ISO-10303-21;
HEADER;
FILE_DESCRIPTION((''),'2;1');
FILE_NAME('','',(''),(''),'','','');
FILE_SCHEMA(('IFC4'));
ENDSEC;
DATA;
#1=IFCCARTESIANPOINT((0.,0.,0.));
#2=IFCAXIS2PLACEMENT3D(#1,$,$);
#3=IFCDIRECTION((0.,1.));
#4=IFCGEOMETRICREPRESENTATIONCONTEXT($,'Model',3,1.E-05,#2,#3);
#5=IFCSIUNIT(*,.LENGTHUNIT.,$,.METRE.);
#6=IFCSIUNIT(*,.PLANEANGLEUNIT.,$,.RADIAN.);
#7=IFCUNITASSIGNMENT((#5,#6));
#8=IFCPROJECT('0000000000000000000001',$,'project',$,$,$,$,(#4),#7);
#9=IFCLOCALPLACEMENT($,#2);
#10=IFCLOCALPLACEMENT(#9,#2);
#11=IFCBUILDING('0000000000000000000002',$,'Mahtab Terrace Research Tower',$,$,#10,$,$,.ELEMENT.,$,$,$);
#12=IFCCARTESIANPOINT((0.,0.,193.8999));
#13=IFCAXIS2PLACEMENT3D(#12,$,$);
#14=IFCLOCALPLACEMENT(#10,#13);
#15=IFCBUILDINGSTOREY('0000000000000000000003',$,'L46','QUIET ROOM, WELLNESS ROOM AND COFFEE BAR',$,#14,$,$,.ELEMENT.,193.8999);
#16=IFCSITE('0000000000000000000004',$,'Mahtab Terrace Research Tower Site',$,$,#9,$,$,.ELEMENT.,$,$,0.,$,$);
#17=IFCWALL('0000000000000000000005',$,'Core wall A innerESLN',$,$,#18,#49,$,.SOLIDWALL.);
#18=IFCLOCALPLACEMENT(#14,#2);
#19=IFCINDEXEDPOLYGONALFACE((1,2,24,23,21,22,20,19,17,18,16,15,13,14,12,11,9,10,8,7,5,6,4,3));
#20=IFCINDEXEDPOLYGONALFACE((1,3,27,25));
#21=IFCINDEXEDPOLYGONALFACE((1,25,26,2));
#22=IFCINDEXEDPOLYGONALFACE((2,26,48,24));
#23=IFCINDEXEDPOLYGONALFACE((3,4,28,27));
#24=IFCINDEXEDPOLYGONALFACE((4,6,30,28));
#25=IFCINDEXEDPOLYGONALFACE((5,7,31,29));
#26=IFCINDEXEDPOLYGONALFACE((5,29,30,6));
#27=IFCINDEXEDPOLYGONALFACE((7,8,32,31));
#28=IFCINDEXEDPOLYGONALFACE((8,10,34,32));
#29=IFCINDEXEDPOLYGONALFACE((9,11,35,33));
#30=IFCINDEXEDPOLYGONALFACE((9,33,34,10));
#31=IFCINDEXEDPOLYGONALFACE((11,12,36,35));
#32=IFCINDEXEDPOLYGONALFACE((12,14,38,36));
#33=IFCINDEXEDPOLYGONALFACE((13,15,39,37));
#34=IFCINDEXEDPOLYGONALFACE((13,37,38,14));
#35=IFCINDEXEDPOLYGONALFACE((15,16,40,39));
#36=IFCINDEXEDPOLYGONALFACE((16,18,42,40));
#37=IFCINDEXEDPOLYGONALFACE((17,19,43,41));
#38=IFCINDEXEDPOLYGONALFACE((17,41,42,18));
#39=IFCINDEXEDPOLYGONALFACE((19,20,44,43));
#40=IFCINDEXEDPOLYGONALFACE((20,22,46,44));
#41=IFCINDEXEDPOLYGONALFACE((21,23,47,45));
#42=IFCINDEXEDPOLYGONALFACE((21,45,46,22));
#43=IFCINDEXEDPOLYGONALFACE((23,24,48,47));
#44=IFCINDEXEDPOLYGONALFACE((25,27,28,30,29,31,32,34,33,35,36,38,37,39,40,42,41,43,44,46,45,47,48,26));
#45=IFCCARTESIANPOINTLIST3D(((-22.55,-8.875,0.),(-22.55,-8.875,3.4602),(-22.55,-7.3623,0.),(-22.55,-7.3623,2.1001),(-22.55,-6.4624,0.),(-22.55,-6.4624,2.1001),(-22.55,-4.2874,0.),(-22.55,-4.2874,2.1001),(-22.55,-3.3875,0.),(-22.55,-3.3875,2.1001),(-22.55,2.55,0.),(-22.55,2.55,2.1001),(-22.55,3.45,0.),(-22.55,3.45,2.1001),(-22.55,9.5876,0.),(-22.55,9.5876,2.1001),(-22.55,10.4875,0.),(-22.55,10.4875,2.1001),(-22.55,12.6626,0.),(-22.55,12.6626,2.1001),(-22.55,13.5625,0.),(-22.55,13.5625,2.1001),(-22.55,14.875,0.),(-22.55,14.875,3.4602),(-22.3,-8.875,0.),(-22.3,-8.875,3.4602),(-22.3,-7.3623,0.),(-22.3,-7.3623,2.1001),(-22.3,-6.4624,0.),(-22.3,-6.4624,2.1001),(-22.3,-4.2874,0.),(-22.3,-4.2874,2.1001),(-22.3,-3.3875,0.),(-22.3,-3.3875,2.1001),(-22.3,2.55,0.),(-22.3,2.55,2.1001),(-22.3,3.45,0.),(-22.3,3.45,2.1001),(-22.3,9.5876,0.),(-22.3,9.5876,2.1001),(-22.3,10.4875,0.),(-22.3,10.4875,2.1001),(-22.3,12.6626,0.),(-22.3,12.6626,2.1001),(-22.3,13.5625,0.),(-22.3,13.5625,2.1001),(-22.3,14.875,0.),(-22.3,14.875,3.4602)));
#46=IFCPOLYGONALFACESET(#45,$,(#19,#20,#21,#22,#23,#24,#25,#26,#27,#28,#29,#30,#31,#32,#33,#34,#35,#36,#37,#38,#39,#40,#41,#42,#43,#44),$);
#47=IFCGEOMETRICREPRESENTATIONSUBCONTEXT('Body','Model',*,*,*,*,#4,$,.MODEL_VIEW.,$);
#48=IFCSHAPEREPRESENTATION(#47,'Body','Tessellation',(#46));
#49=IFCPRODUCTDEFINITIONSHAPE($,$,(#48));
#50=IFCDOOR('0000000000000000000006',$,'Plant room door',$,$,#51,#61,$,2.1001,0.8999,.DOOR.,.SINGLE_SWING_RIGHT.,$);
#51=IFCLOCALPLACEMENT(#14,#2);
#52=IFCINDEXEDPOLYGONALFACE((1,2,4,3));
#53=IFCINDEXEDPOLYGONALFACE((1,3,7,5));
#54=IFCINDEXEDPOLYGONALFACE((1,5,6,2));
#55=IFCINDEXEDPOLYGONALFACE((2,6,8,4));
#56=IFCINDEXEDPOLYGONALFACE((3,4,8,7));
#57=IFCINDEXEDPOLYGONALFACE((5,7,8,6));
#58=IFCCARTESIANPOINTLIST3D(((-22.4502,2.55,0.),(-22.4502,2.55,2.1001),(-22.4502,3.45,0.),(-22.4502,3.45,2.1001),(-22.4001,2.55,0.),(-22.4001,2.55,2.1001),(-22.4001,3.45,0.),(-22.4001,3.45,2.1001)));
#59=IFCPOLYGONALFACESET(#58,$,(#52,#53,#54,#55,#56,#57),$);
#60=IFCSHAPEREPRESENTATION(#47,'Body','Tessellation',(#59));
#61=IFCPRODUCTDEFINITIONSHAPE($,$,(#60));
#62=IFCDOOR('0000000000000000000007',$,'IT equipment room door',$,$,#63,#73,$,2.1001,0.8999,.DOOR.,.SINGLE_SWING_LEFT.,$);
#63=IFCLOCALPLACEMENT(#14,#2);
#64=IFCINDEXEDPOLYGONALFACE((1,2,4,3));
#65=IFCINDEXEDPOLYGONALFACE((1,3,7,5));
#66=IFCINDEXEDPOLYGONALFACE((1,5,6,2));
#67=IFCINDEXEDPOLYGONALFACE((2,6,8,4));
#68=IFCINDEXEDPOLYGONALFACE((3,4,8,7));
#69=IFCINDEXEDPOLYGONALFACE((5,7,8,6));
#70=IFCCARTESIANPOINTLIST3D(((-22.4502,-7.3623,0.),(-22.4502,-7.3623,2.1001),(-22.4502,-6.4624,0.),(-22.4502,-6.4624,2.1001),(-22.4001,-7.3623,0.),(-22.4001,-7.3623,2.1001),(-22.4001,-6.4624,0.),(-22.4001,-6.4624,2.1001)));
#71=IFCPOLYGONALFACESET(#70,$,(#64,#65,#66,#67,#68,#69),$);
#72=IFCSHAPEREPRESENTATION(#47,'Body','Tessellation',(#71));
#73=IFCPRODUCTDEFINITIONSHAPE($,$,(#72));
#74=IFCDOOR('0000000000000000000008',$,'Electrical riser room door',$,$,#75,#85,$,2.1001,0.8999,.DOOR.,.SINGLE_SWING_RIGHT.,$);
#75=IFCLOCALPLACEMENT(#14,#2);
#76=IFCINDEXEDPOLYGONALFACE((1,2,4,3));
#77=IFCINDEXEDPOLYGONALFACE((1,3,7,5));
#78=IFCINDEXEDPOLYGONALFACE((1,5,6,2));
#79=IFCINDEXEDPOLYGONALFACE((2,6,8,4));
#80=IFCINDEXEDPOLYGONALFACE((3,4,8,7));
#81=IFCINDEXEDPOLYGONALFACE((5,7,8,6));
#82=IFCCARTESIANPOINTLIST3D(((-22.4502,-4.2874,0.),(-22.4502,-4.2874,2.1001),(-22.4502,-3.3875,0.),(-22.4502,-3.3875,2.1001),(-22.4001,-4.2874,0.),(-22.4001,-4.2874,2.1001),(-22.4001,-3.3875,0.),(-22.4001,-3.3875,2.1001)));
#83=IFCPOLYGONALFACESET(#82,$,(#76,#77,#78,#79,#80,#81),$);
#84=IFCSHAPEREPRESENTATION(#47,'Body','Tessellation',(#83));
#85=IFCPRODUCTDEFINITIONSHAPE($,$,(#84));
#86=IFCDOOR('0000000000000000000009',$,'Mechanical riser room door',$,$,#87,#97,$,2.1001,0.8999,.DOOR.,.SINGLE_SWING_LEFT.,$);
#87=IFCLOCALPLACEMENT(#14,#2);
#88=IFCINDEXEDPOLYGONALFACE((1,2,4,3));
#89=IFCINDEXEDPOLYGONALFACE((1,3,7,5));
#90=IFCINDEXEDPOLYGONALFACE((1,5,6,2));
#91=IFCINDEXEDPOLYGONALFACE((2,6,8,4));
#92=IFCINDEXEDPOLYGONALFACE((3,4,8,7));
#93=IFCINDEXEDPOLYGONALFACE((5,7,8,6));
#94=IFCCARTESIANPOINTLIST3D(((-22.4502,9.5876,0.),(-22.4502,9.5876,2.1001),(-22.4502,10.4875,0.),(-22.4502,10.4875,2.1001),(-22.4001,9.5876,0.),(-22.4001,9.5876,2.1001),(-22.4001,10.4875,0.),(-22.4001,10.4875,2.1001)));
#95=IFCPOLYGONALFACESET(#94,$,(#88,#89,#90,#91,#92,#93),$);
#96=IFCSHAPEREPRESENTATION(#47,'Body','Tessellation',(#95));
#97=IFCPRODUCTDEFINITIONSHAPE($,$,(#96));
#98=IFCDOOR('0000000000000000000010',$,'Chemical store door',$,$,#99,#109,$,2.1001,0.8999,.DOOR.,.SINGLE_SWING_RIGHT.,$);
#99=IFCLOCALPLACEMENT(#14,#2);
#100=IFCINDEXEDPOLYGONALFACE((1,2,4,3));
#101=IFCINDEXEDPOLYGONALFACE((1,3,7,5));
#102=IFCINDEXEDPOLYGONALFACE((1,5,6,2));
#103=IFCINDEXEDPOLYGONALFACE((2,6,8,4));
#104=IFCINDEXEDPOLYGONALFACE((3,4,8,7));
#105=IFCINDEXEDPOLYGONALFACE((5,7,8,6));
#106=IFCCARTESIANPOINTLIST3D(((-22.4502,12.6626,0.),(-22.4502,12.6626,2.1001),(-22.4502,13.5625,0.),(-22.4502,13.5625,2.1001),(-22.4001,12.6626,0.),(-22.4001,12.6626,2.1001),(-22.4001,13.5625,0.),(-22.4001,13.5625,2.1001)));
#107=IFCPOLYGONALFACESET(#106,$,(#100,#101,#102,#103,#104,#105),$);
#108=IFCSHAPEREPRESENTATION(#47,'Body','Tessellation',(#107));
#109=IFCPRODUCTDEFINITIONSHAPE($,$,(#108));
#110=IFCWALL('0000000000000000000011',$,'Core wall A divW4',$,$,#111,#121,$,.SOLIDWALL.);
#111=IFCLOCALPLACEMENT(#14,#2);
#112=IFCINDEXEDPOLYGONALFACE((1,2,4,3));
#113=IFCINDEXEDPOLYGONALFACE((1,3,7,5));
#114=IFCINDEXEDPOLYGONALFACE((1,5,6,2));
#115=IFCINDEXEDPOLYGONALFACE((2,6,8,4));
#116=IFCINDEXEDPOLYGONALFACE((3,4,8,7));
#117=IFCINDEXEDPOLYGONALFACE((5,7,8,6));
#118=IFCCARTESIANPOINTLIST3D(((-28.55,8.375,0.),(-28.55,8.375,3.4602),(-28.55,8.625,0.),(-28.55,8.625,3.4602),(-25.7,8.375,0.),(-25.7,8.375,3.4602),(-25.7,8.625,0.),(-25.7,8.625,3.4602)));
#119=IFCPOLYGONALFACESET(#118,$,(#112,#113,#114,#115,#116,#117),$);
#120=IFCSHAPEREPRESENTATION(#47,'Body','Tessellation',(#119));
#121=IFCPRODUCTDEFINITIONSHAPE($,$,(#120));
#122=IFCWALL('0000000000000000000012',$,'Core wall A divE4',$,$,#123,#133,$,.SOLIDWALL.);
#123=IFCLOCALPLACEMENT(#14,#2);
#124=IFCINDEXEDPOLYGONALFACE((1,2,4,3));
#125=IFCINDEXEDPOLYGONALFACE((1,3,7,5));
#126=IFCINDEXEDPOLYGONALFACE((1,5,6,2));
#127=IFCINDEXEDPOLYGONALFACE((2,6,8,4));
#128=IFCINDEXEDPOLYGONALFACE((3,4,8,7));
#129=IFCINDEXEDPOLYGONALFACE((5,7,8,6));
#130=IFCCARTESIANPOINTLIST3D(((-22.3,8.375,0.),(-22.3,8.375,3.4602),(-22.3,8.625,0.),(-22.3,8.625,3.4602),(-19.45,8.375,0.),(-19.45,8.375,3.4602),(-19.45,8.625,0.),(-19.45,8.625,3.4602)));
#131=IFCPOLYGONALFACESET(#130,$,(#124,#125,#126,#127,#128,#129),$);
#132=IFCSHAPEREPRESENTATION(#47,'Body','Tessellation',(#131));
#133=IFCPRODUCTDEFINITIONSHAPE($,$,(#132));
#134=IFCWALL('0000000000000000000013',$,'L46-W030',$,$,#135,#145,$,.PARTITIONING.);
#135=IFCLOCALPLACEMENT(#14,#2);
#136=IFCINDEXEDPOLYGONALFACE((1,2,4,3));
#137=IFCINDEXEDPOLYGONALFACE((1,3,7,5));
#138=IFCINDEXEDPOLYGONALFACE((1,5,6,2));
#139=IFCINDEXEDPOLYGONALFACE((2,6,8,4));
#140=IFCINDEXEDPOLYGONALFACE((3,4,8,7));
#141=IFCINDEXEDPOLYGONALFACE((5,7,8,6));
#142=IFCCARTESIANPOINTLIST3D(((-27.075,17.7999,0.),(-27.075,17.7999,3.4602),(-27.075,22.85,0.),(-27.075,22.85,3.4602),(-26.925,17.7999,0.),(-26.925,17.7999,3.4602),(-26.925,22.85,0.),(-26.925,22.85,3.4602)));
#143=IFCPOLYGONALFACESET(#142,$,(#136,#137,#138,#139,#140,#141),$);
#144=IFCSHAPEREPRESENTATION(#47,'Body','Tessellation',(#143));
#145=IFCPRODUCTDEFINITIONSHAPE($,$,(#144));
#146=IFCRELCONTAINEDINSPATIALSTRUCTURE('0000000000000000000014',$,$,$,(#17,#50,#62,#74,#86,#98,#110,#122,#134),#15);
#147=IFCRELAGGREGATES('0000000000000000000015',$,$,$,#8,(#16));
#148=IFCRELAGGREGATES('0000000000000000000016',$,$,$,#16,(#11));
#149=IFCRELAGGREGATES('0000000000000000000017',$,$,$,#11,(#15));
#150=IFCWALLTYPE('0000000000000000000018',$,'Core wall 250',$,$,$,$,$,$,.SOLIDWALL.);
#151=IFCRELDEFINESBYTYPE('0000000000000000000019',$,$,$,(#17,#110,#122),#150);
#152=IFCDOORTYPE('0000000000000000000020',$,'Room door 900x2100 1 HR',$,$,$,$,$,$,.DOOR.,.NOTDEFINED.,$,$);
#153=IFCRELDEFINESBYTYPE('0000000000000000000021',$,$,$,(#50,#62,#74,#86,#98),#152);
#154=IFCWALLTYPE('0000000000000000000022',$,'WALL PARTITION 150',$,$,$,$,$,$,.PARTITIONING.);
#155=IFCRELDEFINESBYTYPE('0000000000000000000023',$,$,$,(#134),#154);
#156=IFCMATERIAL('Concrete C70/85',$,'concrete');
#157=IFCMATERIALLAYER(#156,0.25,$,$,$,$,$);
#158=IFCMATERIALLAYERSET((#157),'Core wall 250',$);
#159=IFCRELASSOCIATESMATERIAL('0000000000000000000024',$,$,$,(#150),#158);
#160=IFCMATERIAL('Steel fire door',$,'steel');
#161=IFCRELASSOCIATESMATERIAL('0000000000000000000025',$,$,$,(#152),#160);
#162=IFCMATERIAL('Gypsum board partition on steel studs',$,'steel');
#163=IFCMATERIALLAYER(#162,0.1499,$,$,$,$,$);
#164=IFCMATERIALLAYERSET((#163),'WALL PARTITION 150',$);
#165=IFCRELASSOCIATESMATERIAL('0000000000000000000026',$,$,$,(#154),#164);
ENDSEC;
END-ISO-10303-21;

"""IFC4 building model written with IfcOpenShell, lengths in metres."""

from ifc_helpers import new_model, si_unit, direction, frame, frame_2d, origin, place, context, subcontext, project, spatial, rectangle, extrude, material, layer, layer_set, type_object, element, fill, save


model = new_model("IFC4")

# Units and contexts
model_context = context("Model", 3, precision=1e-05, world=origin(), true_north=direction((0.0, 1.0)))
body_context = subcontext(model_context, "Body", "Model", "MODEL_VIEW")
ifc_project = project(units=[si_unit("LENGTHUNIT", "METRE"), si_unit("PLANEANGLEUNIT", "RADIAN")], contexts=[model_context])

# Site, building, storey
site_placement = place(None, origin())
site = spatial("IfcSite", under=ifc_project, at=site_placement, Name="Mahtab Terrace Research Tower Site", CompositionType="ELEMENT", RefElevation=0.0)
building_placement = place(site_placement, origin())
building = spatial("IfcBuilding", under=site, at=building_placement, Name="Mahtab Terrace Research Tower", CompositionType="ELEMENT")
storey_placement = place(building_placement, frame((0.0, 0.0, 193.8999)))
storey = spatial("IfcBuildingStorey", under=building, at=storey_placement, Name="L46", Description="QUIET ROOM, WELLNESS ROOM AND COFFEE BAR", CompositionType="ELEMENT", Elevation=193.8999)

# Shared definitions
ifc_material_1 = material(Name="Concrete C70/85", Category="concrete")
ifc_layer_1 = layer(ifc_material_1, 0.25)
ifc_layer_set_1 = layer_set([ifc_layer_1], Name="Core wall 250")
wall_type_1 = type_object("IfcWallType", Name="Core wall 250", PredefinedType="SOLIDWALL", material=ifc_layer_set_1)
ifc_material_2 = material(Name="Steel fire door", Category="steel")

# Wall, openings, doors
wall_1_placement = place(storey_placement, frame((-22.425, 14.875, 0.0), z_axis=(0.0, 0.0, 1.0), x_axis=(0.0, -1.0, 0.0)))
wall_1 = element("IfcWall", 1, at=wall_1_placement, inside=storey, type_object=wall_type_1, Name="Core wall A innerESLN", PredefinedType="SOLIDWALL", context=body_context, shape_type="SweptSolid", body=[
    extrude(rectangle(XDim=23.75, YDim=0.25, at=frame_2d((11.875, 0.0))), origin(), (0.0, 0.0, 1.0), 3.4602),
])
opening_1_placement = place(wall_1_placement, frame((11.425, 0.0, 0.0)))
opening_1 = element("IfcOpeningElement", 2, at=opening_1_placement, cuts=wall_1, PredefinedType="OPENING", context=body_context, shape_type="SweptSolid", body=[
    extrude(rectangle(XDim=0.8999, YDim=2.1001, at=frame_2d((0.45, 1.05))), frame((0.0, 0.135, 0.0), z_axis=(0.0, -1.0, 0.0), x_axis=(1.0, 0.0, 0.0)), (0.0, 0.0, 1.0), 0.27),
])
opening_2_placement = place(wall_1_placement, frame((21.3374, 0.0, 0.0)))
opening_2 = element("IfcOpeningElement", 3, at=opening_2_placement, cuts=wall_1, PredefinedType="OPENING", context=body_context, shape_type="SweptSolid", body=[
    extrude(rectangle(XDim=0.8999, YDim=2.1001, at=frame_2d((0.45, 1.05))), frame((0.0, 0.135, 0.0), z_axis=(0.0, -1.0, 0.0), x_axis=(1.0, 0.0, 0.0)), (0.0, 0.0, 1.0), 0.27),
])
opening_3_placement = place(wall_1_placement, frame((18.2625, 0.0, 0.0)))
opening_3 = element("IfcOpeningElement", 4, at=opening_3_placement, cuts=wall_1, PredefinedType="OPENING", context=body_context, shape_type="SweptSolid", body=[
    extrude(rectangle(XDim=0.8999, YDim=2.1001, at=frame_2d((0.45, 1.05))), frame((0.0, 0.135, 0.0), z_axis=(0.0, -1.0, 0.0), x_axis=(1.0, 0.0, 0.0)), (0.0, 0.0, 1.0), 0.27),
])
opening_4_placement = place(wall_1_placement, frame((4.3875, 0.0, 0.0)))
opening_4 = element("IfcOpeningElement", 5, at=opening_4_placement, cuts=wall_1, PredefinedType="OPENING", context=body_context, shape_type="SweptSolid", body=[
    extrude(rectangle(XDim=0.8999, YDim=2.1001, at=frame_2d((0.45, 1.05))), frame((0.0, 0.135, 0.0), z_axis=(0.0, -1.0, 0.0), x_axis=(1.0, 0.0, 0.0)), (0.0, 0.0, 1.0), 0.27),
])
opening_5_placement = place(wall_1_placement, frame((1.3125, 0.0, 0.0)))
opening_5 = element("IfcOpeningElement", 6, at=opening_5_placement, cuts=wall_1, PredefinedType="OPENING", context=body_context, shape_type="SweptSolid", body=[
    extrude(rectangle(XDim=0.8999, YDim=2.1001, at=frame_2d((0.45, 1.05))), frame((0.0, 0.135, 0.0), z_axis=(0.0, -1.0, 0.0), x_axis=(1.0, 0.0, 0.0)), (0.0, 0.0, 1.0), 0.27),
])
door_type_1 = type_object("IfcDoorType", Name="Room door 900x2100 1 HR", OperationType="NOTDEFINED", PredefinedType="DOOR", material=ifc_material_2)
door_1_placement = place(opening_1_placement, origin())
door_1 = element("IfcDoor", 7, at=door_1_placement, inside=storey, type_object=door_type_1, Name="Plant room door", OperationType="SINGLE_SWING_RIGHT", OverallHeight=2.1001, OverallWidth=0.8999, PredefinedType="DOOR", context=body_context, shape_type="SweptSolid", body=[
    extrude(rectangle(XDim=0.8999, YDim=2.1001, at=frame_2d((0.45, 1.05))), frame((0.0, 0.0249, 0.0), z_axis=(0.0, -1.0, 0.0), x_axis=(1.0, 0.0, 0.0)), (0.0, 0.0, 1.0), 0.05),
])
fill(opening_1, door_1)
door_2_placement = place(opening_2_placement, origin())
door_2 = element("IfcDoor", 8, at=door_2_placement, inside=storey, type_object=door_type_1, Name="IT equipment room door", OperationType="SINGLE_SWING_LEFT", OverallHeight=2.1001, OverallWidth=0.8999, PredefinedType="DOOR", context=body_context, shape_type="SweptSolid", body=[
    extrude(rectangle(XDim=0.8999, YDim=2.1001, at=frame_2d((0.45, 1.05))), frame((0.0, 0.0249, 0.0), z_axis=(0.0, -1.0, 0.0), x_axis=(1.0, 0.0, 0.0)), (0.0, 0.0, 1.0), 0.05),
])
fill(opening_2, door_2)
door_3_placement = place(opening_3_placement, origin())
door_3 = element("IfcDoor", 9, at=door_3_placement, inside=storey, type_object=door_type_1, Name="Electrical riser room door", OperationType="SINGLE_SWING_RIGHT", OverallHeight=2.1001, OverallWidth=0.8999, PredefinedType="DOOR", context=body_context, shape_type="SweptSolid", body=[
    extrude(rectangle(XDim=0.8999, YDim=2.1001, at=frame_2d((0.45, 1.05))), frame((0.0, 0.0249, 0.0), z_axis=(0.0, -1.0, 0.0), x_axis=(1.0, 0.0, 0.0)), (0.0, 0.0, 1.0), 0.05),
])
fill(opening_3, door_3)
door_4_placement = place(opening_4_placement, origin())
door_4 = element("IfcDoor", 10, at=door_4_placement, inside=storey, type_object=door_type_1, Name="Mechanical riser room door", OperationType="SINGLE_SWING_LEFT", OverallHeight=2.1001, OverallWidth=0.8999, PredefinedType="DOOR", context=body_context, shape_type="SweptSolid", body=[
    extrude(rectangle(XDim=0.8999, YDim=2.1001, at=frame_2d((0.45, 1.05))), frame((0.0, 0.0249, 0.0), z_axis=(0.0, -1.0, 0.0), x_axis=(1.0, 0.0, 0.0)), (0.0, 0.0, 1.0), 0.05),
])
fill(opening_4, door_4)
door_5_placement = place(opening_5_placement, origin())
door_5 = element("IfcDoor", 11, at=door_5_placement, inside=storey, type_object=door_type_1, Name="Chemical store door", OperationType="SINGLE_SWING_RIGHT", OverallHeight=2.1001, OverallWidth=0.8999, PredefinedType="DOOR", context=body_context, shape_type="SweptSolid", body=[
    extrude(rectangle(XDim=0.8999, YDim=2.1001, at=frame_2d((0.45, 1.05))), frame((0.0, 0.0249, 0.0), z_axis=(0.0, -1.0, 0.0), x_axis=(1.0, 0.0, 0.0)), (0.0, 0.0, 1.0), 0.05),
])
fill(opening_5, door_5)

# Walls
for number, where, z_axis, x_axis, name in (
    (12, (-28.55, 8.5, 0.0), (0.0, 0.0, 1.0), (1.0, 0.0, 0.0), "Core wall A divW4"),
    (13, (-22.3, 8.5, 0.0), (0.0, 0.0, 1.0), (1.0, 0.0, 0.0), "Core wall A divE4"),
):
    element("IfcWall", number, at=place(storey_placement, frame(where, z_axis=z_axis, x_axis=x_axis)), inside=storey, type_object=wall_type_1, Name=name, PredefinedType="SOLIDWALL", context=body_context, shape_type="SweptSolid", body=[
        extrude(rectangle(XDim=2.8501, YDim=0.25, at=frame_2d((1.425, 0.0))), origin(), (0.0, 0.0, 1.0), 3.4602),
    ])
ifc_material_3 = material(Name="Gypsum board partition on steel studs", Category="steel")
ifc_layer_2 = layer(ifc_material_3, 0.1499)
ifc_layer_set_2 = layer_set([ifc_layer_2], Name="WALL PARTITION 150")
wall_type_2 = type_object("IfcWallType", Name="WALL PARTITION 150", PredefinedType="PARTITIONING", material=ifc_layer_set_2)
wall_2_placement = place(storey_placement, frame((-27.0, 17.8, 0.0), z_axis=(0.0, 0.0, 1.0), x_axis=(0.0, 1.0, 0.0)))
element("IfcWall", 14, at=wall_2_placement, inside=storey, type_object=wall_type_2, Name="L46-W030", PredefinedType="PARTITIONING", context=body_context, shape_type="SweptSolid", body=[
    extrude(rectangle(XDim=5.05, YDim=0.1499, at=frame_2d((2.5249, 0.0))), origin(), (0.0, 0.0, 1.0), 3.4602),
])

save(model, "model.ifc")
